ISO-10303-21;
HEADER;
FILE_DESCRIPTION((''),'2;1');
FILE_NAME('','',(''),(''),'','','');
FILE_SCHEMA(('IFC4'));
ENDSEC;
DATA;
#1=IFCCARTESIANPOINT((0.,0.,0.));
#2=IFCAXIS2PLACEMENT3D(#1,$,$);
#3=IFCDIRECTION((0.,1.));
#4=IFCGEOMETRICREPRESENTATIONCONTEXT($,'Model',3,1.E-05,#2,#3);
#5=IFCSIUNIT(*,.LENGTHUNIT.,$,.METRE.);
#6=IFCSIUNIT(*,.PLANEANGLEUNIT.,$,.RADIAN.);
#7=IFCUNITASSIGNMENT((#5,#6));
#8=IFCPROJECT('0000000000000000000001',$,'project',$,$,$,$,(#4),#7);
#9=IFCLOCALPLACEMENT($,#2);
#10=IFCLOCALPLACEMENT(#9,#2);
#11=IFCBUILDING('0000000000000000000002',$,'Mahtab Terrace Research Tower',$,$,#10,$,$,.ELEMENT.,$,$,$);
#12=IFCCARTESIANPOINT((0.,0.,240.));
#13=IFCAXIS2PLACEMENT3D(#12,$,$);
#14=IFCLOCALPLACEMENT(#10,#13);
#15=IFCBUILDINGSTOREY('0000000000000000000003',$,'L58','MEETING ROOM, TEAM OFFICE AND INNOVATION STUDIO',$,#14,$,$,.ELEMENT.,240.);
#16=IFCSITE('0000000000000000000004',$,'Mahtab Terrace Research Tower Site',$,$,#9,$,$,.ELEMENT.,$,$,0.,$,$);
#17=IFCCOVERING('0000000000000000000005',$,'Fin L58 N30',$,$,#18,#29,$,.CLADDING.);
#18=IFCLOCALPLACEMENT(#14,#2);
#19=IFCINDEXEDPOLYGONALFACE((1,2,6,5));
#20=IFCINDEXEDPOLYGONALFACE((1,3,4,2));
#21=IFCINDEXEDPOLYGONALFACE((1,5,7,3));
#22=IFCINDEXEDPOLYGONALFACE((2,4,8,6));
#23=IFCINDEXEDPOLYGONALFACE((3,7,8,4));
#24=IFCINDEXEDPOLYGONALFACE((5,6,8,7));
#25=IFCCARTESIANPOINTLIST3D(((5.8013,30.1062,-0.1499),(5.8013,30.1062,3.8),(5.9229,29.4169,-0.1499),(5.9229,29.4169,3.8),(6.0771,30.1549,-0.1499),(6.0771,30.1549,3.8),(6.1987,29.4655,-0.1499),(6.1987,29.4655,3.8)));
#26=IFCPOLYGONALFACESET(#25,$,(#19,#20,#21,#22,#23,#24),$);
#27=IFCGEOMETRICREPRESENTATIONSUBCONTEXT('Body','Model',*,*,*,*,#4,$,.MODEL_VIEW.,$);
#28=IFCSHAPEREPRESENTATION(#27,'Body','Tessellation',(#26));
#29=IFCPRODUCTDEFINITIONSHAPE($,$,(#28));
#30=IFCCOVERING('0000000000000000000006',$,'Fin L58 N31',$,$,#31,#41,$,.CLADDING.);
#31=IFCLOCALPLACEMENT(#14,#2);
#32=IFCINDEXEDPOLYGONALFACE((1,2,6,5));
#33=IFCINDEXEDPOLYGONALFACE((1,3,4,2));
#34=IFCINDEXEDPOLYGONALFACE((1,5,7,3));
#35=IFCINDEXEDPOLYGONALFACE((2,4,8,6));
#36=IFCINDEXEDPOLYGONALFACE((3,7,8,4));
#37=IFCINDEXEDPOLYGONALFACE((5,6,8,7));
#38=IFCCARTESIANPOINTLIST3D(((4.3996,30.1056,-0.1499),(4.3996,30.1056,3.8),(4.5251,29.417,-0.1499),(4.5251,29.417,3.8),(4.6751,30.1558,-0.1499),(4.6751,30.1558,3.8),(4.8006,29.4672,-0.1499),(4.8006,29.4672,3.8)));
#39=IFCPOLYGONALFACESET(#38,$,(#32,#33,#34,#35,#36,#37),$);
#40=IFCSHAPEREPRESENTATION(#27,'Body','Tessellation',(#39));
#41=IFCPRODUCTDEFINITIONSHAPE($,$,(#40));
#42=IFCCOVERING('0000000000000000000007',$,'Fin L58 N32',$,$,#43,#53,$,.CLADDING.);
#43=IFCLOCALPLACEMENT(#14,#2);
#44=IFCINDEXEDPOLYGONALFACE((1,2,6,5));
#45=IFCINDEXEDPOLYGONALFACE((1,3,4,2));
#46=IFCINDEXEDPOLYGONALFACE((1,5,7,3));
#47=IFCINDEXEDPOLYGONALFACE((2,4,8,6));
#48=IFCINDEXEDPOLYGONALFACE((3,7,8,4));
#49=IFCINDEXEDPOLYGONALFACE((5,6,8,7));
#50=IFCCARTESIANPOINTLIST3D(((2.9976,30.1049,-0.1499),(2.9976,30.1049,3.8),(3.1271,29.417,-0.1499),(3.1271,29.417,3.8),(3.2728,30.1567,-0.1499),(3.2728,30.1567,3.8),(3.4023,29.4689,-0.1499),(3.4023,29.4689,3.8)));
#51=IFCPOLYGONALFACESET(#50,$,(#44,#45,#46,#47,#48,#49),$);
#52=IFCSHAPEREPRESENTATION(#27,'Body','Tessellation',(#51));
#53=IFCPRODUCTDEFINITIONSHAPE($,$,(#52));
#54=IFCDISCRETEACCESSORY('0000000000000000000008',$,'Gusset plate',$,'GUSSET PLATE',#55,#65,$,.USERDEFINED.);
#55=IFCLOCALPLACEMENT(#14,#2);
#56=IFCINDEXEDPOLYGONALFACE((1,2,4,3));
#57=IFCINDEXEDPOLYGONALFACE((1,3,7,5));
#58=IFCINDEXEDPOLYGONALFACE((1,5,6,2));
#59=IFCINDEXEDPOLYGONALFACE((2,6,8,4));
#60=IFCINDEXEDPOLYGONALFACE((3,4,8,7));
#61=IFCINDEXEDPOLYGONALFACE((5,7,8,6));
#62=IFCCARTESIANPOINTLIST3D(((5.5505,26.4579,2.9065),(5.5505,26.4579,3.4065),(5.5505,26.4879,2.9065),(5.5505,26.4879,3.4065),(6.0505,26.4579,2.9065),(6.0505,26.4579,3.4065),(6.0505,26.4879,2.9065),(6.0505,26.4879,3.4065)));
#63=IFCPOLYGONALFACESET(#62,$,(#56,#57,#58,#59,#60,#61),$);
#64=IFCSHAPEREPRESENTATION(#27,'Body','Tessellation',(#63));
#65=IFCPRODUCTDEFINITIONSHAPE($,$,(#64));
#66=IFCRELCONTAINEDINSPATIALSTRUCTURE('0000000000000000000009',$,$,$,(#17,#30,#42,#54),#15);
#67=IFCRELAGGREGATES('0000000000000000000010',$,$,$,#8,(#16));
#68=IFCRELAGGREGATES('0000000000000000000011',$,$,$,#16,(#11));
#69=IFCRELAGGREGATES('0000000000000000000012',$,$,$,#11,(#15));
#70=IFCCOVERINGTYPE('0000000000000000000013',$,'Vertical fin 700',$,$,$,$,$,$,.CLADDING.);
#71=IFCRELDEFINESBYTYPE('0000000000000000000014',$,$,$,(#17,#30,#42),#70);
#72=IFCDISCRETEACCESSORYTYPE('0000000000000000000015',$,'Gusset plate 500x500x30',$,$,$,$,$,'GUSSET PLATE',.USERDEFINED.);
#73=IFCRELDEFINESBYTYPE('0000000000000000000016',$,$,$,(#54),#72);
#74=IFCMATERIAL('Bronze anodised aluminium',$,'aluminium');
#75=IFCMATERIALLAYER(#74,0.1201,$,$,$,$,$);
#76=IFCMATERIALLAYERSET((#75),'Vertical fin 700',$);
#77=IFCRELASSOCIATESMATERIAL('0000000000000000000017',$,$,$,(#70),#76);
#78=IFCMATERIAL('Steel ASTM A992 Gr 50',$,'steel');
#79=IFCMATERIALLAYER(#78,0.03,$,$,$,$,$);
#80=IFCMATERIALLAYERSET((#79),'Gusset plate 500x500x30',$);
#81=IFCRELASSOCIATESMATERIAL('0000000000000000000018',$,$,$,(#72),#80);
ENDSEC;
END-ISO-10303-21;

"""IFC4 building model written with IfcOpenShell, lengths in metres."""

from ifc_helpers import new_model, si_unit, direction, frame, origin, origin_2d, place, context, subcontext, project, spatial, rectangle, extrude, material, layer, layer_set, type_object, element, save


model = new_model("IFC4")

# Units and contexts
model_context = context("Model", 3, precision=1e-05, world=origin(), true_north=direction((0.0, 1.0)))
body_context = subcontext(model_context, "Body", "Model", "MODEL_VIEW")
ifc_project = project(units=[si_unit("LENGTHUNIT", "METRE"), si_unit("PLANEANGLEUNIT", "RADIAN")], contexts=[model_context])

# Site, building, storey
site_placement = place(None, origin())
site = spatial("IfcSite", under=ifc_project, at=site_placement, Name="Mahtab Terrace Research Tower Site", CompositionType="ELEMENT", RefElevation=0.0)
building_placement = place(site_placement, origin())
building = spatial("IfcBuilding", under=site, at=building_placement, Name="Mahtab Terrace Research Tower", CompositionType="ELEMENT")
storey_placement = place(building_placement, frame((0.0, 0.0, 240.0)))
storey = spatial("IfcBuildingStorey", under=building, at=storey_placement, Name="L58", Description="MEETING ROOM, TEAM OFFICE AND INNOVATION STUDIO", CompositionType="ELEMENT", Elevation=240.0)

# Shared definitions
ifc_material_1 = material(Name="Steel ASTM A992 Gr 50", Category="steel")

# Coverings
ifc_material_2 = material(Name="Bronze anodised aluminium", Category="aluminium")
ifc_layer_1 = layer(ifc_material_2, 0.1201)
ifc_layer_set_1 = layer_set([ifc_layer_1], Name="Vertical fin 700")
covering_type = type_object("IfcCoveringType", Name="Vertical fin 700", PredefinedType="CLADDING", material=ifc_layer_set_1)
for number, where, z_axis, x_axis, name in (
    (1, (6.0, 29.7859, -0.1499), (0.0, 0.0, 1.0), (-0.984808, -0.173648, 0.0), "Fin L58 N30"),
    (2, (4.6001, 29.7864, -0.1499), (0.0, 0.0, 1.0), (-0.983781, -0.179375, 0.0), "Fin L58 N31"),
    (3, (3.2, 29.7869, -0.1499), (0.0, 0.0, 1.0), (-0.982721, -0.185095, 0.0), "Fin L58 N32"),
):
    element("IfcCovering", number, at=place(storey_placement, frame(where, z_axis=z_axis, x_axis=x_axis)), inside=storey, type_object=covering_type, Name=name, PredefinedType="CLADDING", context=body_context, shape_type="SweptSolid", body=[
        extrude(rectangle(XDim=0.28, YDim=0.7, at=origin_2d()), origin(), (0.0, 0.0, 1.0), 3.95),
    ])

# Discrete accessory
ifc_layer_2 = layer(ifc_material_1, 0.03)
ifc_layer_set_2 = layer_set([ifc_layer_2], Name="Gusset plate 500x500x30")
discrete_accessory_type = type_object("IfcDiscreteAccessoryType", Name="Gusset plate 500x500x30", ElementType="GUSSET PLATE", PredefinedType="USERDEFINED", material=ifc_layer_set_2)
discrete_accessory_placement = place(storey_placement, frame((5.8005, 26.4729, 2.9065), z_axis=(0.0, 0.0, 1.0), x_axis=(1.0, 0.0, 0.0)))
element("IfcDiscreteAccessory", 4, at=discrete_accessory_placement, inside=storey, type_object=discrete_accessory_type, Name="Gusset plate", ObjectType="GUSSET PLATE", PredefinedType="USERDEFINED", context=body_context, shape_type="SweptSolid", body=[
    extrude(rectangle(XDim=0.5, YDim=0.03, at=origin_2d()), origin(), (0.0, 0.0, 1.0), 0.5),
])

save(model, "model.ifc")
